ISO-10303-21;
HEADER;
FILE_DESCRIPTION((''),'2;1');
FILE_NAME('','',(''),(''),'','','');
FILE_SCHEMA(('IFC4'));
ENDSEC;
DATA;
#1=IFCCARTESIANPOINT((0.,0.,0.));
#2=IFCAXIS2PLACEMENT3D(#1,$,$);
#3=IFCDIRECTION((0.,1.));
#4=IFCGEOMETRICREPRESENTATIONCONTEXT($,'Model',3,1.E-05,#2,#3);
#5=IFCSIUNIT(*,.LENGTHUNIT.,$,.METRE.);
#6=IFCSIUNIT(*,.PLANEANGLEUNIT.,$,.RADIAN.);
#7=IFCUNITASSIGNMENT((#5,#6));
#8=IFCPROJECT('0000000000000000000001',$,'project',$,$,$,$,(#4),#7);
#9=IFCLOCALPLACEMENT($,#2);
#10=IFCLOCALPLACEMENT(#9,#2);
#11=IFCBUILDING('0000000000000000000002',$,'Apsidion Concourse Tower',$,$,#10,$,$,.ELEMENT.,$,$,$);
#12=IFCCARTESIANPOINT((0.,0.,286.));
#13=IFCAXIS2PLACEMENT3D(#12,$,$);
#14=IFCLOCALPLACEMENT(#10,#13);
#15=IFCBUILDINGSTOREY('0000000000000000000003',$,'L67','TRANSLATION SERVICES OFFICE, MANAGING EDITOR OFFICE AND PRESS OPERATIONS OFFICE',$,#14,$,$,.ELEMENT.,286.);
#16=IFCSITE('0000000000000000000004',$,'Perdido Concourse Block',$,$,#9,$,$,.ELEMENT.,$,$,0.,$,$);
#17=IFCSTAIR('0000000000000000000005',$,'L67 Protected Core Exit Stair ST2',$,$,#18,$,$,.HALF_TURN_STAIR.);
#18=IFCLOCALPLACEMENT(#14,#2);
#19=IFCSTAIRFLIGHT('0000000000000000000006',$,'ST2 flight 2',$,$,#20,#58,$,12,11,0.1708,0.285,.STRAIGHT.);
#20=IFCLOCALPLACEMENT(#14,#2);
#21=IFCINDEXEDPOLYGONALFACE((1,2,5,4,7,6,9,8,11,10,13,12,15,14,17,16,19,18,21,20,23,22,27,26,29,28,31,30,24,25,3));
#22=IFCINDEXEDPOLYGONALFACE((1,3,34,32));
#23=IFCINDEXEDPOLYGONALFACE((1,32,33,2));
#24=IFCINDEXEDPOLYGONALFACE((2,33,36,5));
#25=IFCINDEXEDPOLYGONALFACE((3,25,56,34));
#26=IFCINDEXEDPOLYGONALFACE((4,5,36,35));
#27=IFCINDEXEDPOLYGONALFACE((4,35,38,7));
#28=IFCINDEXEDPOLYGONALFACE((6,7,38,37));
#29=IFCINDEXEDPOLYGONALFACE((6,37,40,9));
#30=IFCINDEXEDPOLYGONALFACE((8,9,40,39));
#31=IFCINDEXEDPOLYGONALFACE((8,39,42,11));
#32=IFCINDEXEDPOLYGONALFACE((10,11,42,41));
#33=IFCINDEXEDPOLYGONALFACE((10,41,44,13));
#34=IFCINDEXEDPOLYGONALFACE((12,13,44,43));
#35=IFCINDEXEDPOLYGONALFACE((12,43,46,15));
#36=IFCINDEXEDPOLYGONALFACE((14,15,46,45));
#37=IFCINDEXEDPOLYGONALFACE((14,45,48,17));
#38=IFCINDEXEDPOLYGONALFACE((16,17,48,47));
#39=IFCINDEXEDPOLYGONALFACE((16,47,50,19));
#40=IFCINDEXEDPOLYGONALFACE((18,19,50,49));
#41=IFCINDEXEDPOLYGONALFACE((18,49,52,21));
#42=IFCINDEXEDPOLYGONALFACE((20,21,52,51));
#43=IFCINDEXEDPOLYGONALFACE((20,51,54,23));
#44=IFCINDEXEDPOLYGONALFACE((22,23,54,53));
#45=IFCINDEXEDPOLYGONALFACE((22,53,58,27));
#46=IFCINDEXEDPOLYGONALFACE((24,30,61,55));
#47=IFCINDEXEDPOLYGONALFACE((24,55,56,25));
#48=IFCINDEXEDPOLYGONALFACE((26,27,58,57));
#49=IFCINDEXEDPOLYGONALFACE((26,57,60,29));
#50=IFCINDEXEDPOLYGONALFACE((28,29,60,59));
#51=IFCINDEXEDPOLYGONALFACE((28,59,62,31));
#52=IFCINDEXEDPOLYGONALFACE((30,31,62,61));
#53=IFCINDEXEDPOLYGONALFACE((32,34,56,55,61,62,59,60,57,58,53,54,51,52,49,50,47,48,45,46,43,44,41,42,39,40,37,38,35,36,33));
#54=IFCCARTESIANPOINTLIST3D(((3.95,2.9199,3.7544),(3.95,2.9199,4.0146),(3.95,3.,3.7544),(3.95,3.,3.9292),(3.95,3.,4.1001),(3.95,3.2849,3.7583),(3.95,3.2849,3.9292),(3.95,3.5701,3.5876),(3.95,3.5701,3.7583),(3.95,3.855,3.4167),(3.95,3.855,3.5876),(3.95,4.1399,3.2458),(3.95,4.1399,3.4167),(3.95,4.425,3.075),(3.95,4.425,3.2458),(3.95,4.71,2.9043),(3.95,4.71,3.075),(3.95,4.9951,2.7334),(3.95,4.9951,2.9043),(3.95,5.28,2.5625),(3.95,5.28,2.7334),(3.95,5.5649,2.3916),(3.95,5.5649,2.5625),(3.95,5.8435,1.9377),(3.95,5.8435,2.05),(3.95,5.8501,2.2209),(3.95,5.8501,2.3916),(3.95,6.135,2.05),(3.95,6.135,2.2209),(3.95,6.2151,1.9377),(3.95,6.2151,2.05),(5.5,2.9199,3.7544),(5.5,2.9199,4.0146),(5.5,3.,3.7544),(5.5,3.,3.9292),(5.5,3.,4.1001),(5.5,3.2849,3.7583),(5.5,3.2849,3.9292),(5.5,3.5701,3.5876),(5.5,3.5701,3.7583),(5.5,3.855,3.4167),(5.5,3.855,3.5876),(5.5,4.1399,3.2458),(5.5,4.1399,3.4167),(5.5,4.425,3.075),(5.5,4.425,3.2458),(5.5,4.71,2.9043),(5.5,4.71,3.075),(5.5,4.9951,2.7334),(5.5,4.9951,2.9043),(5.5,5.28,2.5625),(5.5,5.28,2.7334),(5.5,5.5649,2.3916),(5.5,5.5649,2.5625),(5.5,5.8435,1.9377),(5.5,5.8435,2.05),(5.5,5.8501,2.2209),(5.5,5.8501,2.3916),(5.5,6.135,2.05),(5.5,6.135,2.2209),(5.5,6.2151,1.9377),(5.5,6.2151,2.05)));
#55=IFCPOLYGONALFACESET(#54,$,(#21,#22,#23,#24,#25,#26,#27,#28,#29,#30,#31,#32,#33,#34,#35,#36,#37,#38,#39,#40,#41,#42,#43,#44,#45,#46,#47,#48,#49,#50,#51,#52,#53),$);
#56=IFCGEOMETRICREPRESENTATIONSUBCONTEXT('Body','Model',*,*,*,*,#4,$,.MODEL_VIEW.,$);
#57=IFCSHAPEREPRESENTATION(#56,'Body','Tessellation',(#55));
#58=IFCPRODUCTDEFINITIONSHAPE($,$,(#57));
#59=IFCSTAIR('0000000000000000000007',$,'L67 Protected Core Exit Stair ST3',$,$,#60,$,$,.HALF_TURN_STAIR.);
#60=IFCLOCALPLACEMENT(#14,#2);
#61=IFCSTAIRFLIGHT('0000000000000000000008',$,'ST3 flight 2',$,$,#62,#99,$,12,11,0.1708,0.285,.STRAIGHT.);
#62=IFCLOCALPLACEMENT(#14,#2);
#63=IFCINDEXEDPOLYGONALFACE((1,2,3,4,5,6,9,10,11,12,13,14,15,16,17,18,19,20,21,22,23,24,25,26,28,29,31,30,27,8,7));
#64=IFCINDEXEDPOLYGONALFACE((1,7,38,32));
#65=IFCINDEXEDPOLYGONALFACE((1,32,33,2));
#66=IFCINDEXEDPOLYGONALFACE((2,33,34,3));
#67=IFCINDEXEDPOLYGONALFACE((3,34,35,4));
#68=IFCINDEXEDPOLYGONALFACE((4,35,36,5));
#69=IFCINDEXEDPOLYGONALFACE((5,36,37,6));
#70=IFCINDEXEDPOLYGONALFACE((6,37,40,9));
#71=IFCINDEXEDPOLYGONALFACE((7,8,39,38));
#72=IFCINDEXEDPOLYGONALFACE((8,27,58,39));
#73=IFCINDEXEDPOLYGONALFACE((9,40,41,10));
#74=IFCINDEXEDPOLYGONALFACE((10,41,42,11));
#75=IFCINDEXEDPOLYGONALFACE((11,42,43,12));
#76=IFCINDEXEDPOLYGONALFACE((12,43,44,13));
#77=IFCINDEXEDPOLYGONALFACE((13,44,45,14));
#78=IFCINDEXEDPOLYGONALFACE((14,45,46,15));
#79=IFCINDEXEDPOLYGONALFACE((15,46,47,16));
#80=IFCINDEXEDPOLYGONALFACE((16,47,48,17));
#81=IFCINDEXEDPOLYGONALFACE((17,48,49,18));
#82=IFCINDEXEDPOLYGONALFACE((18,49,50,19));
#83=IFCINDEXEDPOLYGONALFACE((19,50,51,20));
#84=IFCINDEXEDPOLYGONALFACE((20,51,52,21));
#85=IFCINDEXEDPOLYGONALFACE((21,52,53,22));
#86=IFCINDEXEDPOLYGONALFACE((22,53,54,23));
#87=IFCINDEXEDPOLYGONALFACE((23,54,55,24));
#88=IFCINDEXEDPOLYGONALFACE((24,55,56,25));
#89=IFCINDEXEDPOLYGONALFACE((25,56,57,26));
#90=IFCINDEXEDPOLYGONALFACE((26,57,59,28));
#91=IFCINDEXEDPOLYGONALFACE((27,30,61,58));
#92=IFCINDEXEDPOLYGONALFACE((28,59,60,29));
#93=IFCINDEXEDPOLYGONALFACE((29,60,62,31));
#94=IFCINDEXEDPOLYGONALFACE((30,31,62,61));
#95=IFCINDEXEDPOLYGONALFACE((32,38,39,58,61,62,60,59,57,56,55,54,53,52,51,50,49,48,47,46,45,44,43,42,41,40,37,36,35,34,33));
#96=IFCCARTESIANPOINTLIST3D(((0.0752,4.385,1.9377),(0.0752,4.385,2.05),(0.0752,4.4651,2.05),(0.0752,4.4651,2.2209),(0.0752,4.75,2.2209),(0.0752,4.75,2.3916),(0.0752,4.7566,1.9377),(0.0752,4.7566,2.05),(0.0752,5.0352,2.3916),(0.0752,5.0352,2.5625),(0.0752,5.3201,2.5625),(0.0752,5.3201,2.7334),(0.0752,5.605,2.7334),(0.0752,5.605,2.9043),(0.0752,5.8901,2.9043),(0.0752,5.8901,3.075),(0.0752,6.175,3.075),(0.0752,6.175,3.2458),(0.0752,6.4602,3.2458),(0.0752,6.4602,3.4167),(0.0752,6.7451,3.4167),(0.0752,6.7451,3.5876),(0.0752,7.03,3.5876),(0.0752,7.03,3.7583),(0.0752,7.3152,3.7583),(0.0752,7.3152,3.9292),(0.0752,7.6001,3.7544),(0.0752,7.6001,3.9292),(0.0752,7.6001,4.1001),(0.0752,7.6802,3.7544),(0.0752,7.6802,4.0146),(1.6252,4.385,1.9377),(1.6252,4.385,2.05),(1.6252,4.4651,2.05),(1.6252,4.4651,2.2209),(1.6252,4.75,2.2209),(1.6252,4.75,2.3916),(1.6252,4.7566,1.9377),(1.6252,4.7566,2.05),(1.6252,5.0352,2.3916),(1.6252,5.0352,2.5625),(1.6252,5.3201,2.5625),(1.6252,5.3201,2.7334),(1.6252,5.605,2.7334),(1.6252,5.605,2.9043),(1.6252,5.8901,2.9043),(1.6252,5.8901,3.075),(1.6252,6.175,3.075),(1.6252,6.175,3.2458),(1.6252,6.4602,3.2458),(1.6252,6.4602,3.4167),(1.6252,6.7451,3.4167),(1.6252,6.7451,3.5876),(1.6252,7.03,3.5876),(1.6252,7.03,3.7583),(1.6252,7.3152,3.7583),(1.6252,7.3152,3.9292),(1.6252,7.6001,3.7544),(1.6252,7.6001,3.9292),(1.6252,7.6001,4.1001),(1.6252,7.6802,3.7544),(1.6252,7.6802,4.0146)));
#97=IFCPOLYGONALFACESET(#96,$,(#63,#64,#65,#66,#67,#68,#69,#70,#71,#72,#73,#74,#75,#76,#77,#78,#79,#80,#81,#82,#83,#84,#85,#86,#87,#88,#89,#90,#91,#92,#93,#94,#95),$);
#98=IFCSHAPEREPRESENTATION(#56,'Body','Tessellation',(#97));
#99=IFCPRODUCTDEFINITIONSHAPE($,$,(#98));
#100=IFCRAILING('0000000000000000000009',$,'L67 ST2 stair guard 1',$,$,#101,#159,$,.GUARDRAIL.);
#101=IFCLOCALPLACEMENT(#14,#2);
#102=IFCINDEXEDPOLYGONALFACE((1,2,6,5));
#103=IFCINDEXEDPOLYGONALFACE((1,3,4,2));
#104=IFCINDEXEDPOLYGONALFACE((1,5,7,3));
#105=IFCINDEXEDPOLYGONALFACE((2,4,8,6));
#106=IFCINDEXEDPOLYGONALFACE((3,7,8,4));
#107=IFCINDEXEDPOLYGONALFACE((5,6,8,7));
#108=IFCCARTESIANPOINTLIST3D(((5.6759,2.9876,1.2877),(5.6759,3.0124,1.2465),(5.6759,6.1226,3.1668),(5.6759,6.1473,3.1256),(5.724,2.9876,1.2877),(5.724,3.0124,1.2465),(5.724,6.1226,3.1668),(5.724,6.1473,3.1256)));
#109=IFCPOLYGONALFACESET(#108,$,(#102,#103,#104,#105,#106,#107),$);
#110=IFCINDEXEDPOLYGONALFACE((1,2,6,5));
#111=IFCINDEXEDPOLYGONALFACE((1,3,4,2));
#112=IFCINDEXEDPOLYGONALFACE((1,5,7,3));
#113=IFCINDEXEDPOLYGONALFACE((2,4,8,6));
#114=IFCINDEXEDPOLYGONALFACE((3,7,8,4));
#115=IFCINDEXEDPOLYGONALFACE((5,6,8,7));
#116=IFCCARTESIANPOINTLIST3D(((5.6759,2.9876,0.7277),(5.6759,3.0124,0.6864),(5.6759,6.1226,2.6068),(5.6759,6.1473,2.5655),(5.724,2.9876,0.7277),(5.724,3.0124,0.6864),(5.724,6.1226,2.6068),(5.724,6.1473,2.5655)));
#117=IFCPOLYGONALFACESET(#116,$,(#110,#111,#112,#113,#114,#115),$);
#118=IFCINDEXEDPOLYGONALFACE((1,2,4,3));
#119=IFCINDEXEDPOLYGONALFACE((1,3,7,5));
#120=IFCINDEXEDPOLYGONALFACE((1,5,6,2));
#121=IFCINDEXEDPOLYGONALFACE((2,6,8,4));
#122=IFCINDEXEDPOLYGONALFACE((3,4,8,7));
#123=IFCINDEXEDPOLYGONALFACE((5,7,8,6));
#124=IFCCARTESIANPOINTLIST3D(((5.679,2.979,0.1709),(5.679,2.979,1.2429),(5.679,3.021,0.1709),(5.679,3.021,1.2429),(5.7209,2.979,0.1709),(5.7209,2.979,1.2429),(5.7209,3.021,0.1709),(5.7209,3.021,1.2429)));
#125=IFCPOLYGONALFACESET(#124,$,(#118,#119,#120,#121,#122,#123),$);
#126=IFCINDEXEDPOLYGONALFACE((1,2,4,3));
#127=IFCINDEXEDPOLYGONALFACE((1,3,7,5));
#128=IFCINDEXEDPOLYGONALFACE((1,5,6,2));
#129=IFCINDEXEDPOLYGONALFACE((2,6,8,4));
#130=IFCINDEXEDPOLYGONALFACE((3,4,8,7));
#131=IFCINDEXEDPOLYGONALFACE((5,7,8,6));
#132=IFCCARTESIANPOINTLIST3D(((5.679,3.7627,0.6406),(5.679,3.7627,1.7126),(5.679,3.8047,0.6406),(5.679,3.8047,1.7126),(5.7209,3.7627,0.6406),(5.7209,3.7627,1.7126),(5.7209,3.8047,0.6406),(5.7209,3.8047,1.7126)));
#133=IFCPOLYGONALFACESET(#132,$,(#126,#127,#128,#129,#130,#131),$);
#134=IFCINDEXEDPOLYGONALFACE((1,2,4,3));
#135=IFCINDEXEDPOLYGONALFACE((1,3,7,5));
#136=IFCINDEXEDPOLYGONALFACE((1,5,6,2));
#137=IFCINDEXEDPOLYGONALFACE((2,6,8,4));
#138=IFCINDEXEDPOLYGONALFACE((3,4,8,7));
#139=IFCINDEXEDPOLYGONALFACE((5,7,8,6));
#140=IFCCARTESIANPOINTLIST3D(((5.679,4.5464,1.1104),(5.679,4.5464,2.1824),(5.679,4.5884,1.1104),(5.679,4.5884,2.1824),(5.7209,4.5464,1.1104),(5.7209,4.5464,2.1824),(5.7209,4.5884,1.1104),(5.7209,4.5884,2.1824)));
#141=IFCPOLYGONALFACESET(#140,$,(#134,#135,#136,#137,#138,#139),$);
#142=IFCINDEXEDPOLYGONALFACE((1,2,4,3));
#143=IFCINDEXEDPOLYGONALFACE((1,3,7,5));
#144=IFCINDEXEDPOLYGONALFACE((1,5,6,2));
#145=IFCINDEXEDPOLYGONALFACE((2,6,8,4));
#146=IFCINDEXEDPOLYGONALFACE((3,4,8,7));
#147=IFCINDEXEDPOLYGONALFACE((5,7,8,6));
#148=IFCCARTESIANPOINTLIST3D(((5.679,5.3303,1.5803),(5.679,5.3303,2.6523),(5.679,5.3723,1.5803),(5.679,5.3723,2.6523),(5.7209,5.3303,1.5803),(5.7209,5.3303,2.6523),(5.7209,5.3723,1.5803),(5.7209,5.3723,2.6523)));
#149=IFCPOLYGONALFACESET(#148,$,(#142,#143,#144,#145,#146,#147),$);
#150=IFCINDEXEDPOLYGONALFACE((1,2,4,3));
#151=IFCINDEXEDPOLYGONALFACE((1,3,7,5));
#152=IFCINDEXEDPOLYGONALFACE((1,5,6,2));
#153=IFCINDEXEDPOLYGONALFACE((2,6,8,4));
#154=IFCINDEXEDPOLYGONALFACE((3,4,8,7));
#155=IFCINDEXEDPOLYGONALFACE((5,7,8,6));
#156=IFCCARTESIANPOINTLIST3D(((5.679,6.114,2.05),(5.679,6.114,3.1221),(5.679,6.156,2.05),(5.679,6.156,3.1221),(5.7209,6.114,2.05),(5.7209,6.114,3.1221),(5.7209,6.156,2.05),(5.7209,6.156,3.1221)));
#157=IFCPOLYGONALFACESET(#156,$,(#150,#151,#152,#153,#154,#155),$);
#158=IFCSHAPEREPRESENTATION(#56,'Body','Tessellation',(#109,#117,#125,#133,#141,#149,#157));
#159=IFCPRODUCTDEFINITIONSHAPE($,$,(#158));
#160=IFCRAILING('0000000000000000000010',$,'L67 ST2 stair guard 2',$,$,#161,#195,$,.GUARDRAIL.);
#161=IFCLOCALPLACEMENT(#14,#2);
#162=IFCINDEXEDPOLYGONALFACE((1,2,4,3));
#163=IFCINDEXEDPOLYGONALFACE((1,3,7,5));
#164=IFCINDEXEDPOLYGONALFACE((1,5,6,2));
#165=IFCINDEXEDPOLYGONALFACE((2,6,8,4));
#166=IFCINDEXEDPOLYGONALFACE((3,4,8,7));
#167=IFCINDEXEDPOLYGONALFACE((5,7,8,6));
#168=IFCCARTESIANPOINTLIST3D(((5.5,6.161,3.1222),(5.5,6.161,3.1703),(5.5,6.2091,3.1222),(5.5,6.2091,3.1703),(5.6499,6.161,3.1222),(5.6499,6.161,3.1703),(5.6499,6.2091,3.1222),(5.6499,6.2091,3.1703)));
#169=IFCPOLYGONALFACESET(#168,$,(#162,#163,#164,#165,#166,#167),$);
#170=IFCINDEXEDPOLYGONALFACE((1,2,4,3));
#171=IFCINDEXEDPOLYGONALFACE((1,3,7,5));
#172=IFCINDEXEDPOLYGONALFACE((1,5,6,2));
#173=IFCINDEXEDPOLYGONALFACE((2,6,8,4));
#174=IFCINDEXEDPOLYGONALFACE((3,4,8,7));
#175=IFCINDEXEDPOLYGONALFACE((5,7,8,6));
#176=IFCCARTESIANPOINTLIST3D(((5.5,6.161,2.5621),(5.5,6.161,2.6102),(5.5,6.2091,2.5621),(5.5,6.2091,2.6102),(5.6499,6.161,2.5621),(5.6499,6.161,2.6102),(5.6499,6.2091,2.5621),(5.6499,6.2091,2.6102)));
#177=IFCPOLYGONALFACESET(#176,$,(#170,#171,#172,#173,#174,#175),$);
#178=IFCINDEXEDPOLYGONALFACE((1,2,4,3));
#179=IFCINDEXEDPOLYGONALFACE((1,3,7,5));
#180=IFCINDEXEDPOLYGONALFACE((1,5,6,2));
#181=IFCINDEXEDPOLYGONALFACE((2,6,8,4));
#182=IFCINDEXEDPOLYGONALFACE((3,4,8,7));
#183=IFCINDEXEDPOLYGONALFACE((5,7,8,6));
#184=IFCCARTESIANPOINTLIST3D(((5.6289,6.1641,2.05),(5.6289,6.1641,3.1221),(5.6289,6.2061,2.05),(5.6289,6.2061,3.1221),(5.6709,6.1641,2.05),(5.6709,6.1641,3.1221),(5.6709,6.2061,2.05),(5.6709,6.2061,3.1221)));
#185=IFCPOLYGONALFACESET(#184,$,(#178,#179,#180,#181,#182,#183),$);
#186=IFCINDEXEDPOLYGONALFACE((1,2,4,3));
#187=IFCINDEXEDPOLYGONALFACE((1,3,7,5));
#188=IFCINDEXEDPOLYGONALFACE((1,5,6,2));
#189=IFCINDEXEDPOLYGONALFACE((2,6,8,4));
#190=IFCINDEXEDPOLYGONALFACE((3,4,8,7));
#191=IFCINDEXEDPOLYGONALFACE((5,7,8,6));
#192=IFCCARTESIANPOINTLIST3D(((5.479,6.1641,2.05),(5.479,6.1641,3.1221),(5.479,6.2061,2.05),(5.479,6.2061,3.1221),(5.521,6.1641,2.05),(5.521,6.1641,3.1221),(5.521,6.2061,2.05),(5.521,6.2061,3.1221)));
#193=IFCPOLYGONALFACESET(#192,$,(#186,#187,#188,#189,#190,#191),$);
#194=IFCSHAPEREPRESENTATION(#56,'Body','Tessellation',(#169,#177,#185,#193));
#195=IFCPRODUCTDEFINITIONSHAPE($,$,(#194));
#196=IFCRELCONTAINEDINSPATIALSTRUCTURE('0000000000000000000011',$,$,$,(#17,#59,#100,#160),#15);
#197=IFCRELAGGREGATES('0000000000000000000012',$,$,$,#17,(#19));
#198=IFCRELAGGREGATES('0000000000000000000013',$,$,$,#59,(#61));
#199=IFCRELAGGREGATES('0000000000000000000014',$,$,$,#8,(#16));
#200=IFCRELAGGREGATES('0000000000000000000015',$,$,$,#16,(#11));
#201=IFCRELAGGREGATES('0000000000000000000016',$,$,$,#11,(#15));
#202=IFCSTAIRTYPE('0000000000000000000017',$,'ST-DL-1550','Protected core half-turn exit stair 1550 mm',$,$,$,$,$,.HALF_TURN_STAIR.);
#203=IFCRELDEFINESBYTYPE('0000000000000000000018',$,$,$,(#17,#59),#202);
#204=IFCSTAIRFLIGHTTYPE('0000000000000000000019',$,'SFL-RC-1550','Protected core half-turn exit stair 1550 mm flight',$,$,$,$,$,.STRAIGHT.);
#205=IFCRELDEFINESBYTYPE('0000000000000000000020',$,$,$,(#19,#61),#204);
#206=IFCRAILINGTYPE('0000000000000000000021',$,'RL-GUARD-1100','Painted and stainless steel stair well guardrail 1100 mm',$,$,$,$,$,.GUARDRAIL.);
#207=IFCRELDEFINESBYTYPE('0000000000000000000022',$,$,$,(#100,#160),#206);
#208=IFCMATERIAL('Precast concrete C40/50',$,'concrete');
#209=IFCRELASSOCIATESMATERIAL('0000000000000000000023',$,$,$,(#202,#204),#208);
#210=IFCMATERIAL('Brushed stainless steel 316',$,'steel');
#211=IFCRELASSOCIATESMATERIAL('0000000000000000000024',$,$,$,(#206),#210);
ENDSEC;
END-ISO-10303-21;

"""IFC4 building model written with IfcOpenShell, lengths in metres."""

from ifc_helpers import new_model, si_unit, direction, frame, origin, origin_2d, place, context, subcontext, project, spatial, polyline, rectangle, outline, extrude, material, type_object, element, aggregate, save


model = new_model("IFC4")

# Units and contexts
model_context = context("Model", 3, precision=1e-05, world=origin(), true_north=direction((0.0, 1.0)))
body_context = subcontext(model_context, "Body", "Model", "MODEL_VIEW")
ifc_project = project(units=[si_unit("LENGTHUNIT", "METRE"), si_unit("PLANEANGLEUNIT", "RADIAN")], contexts=[model_context])

# Site, building, storey
site_placement = place(None, origin())
site = spatial("IfcSite", under=ifc_project, at=site_placement, Name="Perdido Concourse Block", CompositionType="ELEMENT", RefElevation=0.0)
building_placement = place(site_placement, origin())
building = spatial("IfcBuilding", under=site, at=building_placement, Name="Apsidion Concourse Tower", CompositionType="ELEMENT")
storey_placement = place(building_placement, frame((0.0, 0.0, 286.0)))
storey = spatial("IfcBuildingStorey", under=building, at=storey_placement, Name="L67", Description="TRANSLATION SERVICES OFFICE, MANAGING EDITOR OFFICE AND PRESS OPERATIONS OFFICE", CompositionType="ELEMENT", Elevation=286.0)

# Stair, stair flight
ifc_material_1 = material(Name="Precast concrete C40/50", Category="concrete")
stair_type = type_object("IfcStairType", Name="ST-DL-1550", Description="Protected core half-turn exit stair 1550 mm", PredefinedType="HALF_TURN_STAIR", material=ifc_material_1)
stair_1_placement = place(storey_placement, origin())
stair_1 = element("IfcStair", 1, at=stair_1_placement, inside=storey, type_object=stair_type, Name="L67 Protected Core Exit Stair ST2", PredefinedType="HALF_TURN_STAIR")
stair_flight_type = type_object("IfcStairFlightType", Name="SFL-RC-1550", Description="Protected core half-turn exit stair 1550 mm flight", PredefinedType="STRAIGHT", material=ifc_material_1)
stair_flight_1_placement = place(storey_placement, frame((4.7251, 6.135, 2.05), z_axis=(0.0, 0.0, 1.0), x_axis=(0.0, -1.0, 0.0)))
stair_flight_1 = element("IfcStairFlight", 2, at=stair_flight_1_placement, type_object=stair_flight_type, Name="ST2 flight 2", NumberOfRisers=12, NumberOfTreads=11, PredefinedType="STRAIGHT", RiserHeight=0.1708, TreadLength=0.285, context=body_context, shape_type="SweptSolid", body=[
    extrude(outline(polyline([(-0.0801, -0.1123), (-0.0801, 0.0), (0.0, 0.0), (0.0, 0.1709), (0.2849, 0.1709), (0.2849, 0.3416), (0.5701, 0.3416), (0.5701, 0.5125), (0.855, 0.5125), (0.855, 0.6833), (1.1399, 0.6833), (1.1399, 0.8542), (1.425, 0.8542), (1.425, 1.0249), (1.71, 1.0249), (1.71, 1.1958), (1.9951, 1.1958), (1.9951, 1.3667), (2.28, 1.3667), (2.28, 1.5376), (2.5649, 1.5376), (2.5649, 1.7083), (2.8501, 1.7083), (2.8501, 1.8792), (3.135, 1.8792), (3.135, 2.05), (3.2151, 1.9646), (3.2151, 1.7043), (3.135, 1.7043), (0.2915, 0.0), (0.2915, -0.1123), (-0.0801, -0.1123)])), frame((0.0, 0.7749, 0.0), z_axis=(0.0, -1.0, 0.0), x_axis=(1.0, 0.0, 0.0)), (0.0, 0.0, 1.0), 1.55),
])
aggregate(stair_1, [stair_flight_1])

# Stair, stair flight
stair_2_placement = place(storey_placement, origin())
stair_2 = element("IfcStair", 3, at=stair_2_placement, inside=storey, type_object=stair_type, Name="L67 Protected Core Exit Stair ST3", PredefinedType="HALF_TURN_STAIR")
stair_flight_2_placement = place(storey_placement, frame((0.8501, 4.4651, 2.05), z_axis=(0.0, 0.0, 1.0), x_axis=(0.0, 1.0, 0.0)))
stair_flight_2 = element("IfcStairFlight", 4, at=stair_flight_2_placement, type_object=stair_flight_type, Name="ST3 flight 2", NumberOfRisers=12, NumberOfTreads=11, PredefinedType="STRAIGHT", RiserHeight=0.1708, TreadLength=0.285, context=body_context, shape_type="SweptSolid", body=[
    extrude(outline(polyline([(-0.0801, -0.1123), (-0.0801, 0.0), (0.0, 0.0), (0.0, 0.1709), (0.2849, 0.1709), (0.2849, 0.3416), (0.5701, 0.3416), (0.5701, 0.5125), (0.855, 0.5125), (0.855, 0.6833), (1.1399, 0.6833), (1.1399, 0.8542), (1.425, 0.8542), (1.425, 1.0249), (1.71, 1.0249), (1.71, 1.1958), (1.9951, 1.1958), (1.9951, 1.3667), (2.28, 1.3667), (2.28, 1.5376), (2.5649, 1.5376), (2.5649, 1.7083), (2.8501, 1.7083), (2.8501, 1.8792), (3.135, 1.8792), (3.135, 2.05), (3.2151, 1.9646), (3.2151, 1.7043), (3.135, 1.7043), (0.2915, 0.0), (0.2915, -0.1123), (-0.0801, -0.1123)])), frame((0.0, 0.7749, 0.0), z_axis=(0.0, -1.0, 0.0), x_axis=(1.0, 0.0, 0.0)), (0.0, 0.0, 1.0), 1.55),
])
aggregate(stair_2, [stair_flight_2])

# Railings
ifc_material_2 = material(Name="Brushed stainless steel 316", Category="steel")
railing_type_1 = type_object("IfcRailingType", Name="RL-GUARD-1100", Description="Painted and stainless steel stair well guardrail 1100 mm", PredefinedType="GUARDRAIL", material=ifc_material_2)
railing_1_placement = place(storey_placement, frame((5.7, 3.0, 0.1709)))
element("IfcRailing", 5, at=railing_1_placement, inside=storey, type_object=railing_type_1, Name="L67 ST2 stair guard 1", PredefinedType="GUARDRAIL", context=body_context, shape_type="SweptSolid", body=[
    extrude(rectangle(XDim=0.0481, YDim=0.0481, at=origin_2d()), frame((0.0, 0.0, 1.0962), z_axis=(0.0, 0.857717, 0.514122), x_axis=(-1.0, 0.0, 0.0)), (0.0, 0.0, 1.0), 3.655),
    extrude(rectangle(XDim=0.0481, YDim=0.0481, at=origin_2d()), frame((0.0, 0.0, 0.5361), z_axis=(0.0, 0.857717, 0.514122), x_axis=(-1.0, 0.0, 0.0)), (0.0, 0.0, 1.0), 3.655),
    extrude(rectangle(XDim=0.042, YDim=0.042, at=origin_2d()), origin(), (0.0, 0.0, 1.0), 1.072),
    extrude(rectangle(XDim=0.042, YDim=0.042, at=origin_2d()), frame((0.0, 0.7837, 0.4697)), (0.0, 0.0, 1.0), 1.072),
    extrude(rectangle(XDim=0.042, YDim=0.042, at=origin_2d()), frame((0.0, 1.5674, 0.9395)), (0.0, 0.0, 1.0), 1.072),
    extrude(rectangle(XDim=0.042, YDim=0.042, at=origin_2d()), frame((0.0, 2.3513, 1.4094)), (0.0, 0.0, 1.0), 1.072),
    extrude(rectangle(XDim=0.042, YDim=0.042, at=origin_2d()), frame((0.0, 3.135, 1.8792)), (0.0, 0.0, 1.0), 1.072),
])
railing_2_placement = place(storey_placement, frame((5.6499, 6.1851, 2.05)))
element("IfcRailing", 6, at=railing_2_placement, inside=storey, type_object=railing_type_1, Name="L67 ST2 stair guard 2", PredefinedType="GUARDRAIL", context=body_context, shape_type="SweptSolid", body=[
    extrude(rectangle(XDim=0.0481, YDim=0.0481, at=origin_2d()), frame((0.0, 0.0, 1.0962), z_axis=(-1.0, 0.0, 0.0), x_axis=(0.0, -1.0, 0.0)), (0.0, 0.0, 1.0), 0.1499),
    extrude(rectangle(XDim=0.0481, YDim=0.0481, at=origin_2d()), frame((0.0, 0.0, 0.5361), z_axis=(-1.0, 0.0, 0.0), x_axis=(0.0, -1.0, 0.0)), (0.0, 0.0, 1.0), 0.1499),
    extrude(rectangle(XDim=0.042, YDim=0.042, at=origin_2d()), origin(), (0.0, 0.0, 1.0), 1.072),
    extrude(rectangle(XDim=0.042, YDim=0.042, at=origin_2d()), frame((-0.1499, 0.0, 0.0)), (0.0, 0.0, 1.0), 1.072),
])

save(model, "model.ifc")
